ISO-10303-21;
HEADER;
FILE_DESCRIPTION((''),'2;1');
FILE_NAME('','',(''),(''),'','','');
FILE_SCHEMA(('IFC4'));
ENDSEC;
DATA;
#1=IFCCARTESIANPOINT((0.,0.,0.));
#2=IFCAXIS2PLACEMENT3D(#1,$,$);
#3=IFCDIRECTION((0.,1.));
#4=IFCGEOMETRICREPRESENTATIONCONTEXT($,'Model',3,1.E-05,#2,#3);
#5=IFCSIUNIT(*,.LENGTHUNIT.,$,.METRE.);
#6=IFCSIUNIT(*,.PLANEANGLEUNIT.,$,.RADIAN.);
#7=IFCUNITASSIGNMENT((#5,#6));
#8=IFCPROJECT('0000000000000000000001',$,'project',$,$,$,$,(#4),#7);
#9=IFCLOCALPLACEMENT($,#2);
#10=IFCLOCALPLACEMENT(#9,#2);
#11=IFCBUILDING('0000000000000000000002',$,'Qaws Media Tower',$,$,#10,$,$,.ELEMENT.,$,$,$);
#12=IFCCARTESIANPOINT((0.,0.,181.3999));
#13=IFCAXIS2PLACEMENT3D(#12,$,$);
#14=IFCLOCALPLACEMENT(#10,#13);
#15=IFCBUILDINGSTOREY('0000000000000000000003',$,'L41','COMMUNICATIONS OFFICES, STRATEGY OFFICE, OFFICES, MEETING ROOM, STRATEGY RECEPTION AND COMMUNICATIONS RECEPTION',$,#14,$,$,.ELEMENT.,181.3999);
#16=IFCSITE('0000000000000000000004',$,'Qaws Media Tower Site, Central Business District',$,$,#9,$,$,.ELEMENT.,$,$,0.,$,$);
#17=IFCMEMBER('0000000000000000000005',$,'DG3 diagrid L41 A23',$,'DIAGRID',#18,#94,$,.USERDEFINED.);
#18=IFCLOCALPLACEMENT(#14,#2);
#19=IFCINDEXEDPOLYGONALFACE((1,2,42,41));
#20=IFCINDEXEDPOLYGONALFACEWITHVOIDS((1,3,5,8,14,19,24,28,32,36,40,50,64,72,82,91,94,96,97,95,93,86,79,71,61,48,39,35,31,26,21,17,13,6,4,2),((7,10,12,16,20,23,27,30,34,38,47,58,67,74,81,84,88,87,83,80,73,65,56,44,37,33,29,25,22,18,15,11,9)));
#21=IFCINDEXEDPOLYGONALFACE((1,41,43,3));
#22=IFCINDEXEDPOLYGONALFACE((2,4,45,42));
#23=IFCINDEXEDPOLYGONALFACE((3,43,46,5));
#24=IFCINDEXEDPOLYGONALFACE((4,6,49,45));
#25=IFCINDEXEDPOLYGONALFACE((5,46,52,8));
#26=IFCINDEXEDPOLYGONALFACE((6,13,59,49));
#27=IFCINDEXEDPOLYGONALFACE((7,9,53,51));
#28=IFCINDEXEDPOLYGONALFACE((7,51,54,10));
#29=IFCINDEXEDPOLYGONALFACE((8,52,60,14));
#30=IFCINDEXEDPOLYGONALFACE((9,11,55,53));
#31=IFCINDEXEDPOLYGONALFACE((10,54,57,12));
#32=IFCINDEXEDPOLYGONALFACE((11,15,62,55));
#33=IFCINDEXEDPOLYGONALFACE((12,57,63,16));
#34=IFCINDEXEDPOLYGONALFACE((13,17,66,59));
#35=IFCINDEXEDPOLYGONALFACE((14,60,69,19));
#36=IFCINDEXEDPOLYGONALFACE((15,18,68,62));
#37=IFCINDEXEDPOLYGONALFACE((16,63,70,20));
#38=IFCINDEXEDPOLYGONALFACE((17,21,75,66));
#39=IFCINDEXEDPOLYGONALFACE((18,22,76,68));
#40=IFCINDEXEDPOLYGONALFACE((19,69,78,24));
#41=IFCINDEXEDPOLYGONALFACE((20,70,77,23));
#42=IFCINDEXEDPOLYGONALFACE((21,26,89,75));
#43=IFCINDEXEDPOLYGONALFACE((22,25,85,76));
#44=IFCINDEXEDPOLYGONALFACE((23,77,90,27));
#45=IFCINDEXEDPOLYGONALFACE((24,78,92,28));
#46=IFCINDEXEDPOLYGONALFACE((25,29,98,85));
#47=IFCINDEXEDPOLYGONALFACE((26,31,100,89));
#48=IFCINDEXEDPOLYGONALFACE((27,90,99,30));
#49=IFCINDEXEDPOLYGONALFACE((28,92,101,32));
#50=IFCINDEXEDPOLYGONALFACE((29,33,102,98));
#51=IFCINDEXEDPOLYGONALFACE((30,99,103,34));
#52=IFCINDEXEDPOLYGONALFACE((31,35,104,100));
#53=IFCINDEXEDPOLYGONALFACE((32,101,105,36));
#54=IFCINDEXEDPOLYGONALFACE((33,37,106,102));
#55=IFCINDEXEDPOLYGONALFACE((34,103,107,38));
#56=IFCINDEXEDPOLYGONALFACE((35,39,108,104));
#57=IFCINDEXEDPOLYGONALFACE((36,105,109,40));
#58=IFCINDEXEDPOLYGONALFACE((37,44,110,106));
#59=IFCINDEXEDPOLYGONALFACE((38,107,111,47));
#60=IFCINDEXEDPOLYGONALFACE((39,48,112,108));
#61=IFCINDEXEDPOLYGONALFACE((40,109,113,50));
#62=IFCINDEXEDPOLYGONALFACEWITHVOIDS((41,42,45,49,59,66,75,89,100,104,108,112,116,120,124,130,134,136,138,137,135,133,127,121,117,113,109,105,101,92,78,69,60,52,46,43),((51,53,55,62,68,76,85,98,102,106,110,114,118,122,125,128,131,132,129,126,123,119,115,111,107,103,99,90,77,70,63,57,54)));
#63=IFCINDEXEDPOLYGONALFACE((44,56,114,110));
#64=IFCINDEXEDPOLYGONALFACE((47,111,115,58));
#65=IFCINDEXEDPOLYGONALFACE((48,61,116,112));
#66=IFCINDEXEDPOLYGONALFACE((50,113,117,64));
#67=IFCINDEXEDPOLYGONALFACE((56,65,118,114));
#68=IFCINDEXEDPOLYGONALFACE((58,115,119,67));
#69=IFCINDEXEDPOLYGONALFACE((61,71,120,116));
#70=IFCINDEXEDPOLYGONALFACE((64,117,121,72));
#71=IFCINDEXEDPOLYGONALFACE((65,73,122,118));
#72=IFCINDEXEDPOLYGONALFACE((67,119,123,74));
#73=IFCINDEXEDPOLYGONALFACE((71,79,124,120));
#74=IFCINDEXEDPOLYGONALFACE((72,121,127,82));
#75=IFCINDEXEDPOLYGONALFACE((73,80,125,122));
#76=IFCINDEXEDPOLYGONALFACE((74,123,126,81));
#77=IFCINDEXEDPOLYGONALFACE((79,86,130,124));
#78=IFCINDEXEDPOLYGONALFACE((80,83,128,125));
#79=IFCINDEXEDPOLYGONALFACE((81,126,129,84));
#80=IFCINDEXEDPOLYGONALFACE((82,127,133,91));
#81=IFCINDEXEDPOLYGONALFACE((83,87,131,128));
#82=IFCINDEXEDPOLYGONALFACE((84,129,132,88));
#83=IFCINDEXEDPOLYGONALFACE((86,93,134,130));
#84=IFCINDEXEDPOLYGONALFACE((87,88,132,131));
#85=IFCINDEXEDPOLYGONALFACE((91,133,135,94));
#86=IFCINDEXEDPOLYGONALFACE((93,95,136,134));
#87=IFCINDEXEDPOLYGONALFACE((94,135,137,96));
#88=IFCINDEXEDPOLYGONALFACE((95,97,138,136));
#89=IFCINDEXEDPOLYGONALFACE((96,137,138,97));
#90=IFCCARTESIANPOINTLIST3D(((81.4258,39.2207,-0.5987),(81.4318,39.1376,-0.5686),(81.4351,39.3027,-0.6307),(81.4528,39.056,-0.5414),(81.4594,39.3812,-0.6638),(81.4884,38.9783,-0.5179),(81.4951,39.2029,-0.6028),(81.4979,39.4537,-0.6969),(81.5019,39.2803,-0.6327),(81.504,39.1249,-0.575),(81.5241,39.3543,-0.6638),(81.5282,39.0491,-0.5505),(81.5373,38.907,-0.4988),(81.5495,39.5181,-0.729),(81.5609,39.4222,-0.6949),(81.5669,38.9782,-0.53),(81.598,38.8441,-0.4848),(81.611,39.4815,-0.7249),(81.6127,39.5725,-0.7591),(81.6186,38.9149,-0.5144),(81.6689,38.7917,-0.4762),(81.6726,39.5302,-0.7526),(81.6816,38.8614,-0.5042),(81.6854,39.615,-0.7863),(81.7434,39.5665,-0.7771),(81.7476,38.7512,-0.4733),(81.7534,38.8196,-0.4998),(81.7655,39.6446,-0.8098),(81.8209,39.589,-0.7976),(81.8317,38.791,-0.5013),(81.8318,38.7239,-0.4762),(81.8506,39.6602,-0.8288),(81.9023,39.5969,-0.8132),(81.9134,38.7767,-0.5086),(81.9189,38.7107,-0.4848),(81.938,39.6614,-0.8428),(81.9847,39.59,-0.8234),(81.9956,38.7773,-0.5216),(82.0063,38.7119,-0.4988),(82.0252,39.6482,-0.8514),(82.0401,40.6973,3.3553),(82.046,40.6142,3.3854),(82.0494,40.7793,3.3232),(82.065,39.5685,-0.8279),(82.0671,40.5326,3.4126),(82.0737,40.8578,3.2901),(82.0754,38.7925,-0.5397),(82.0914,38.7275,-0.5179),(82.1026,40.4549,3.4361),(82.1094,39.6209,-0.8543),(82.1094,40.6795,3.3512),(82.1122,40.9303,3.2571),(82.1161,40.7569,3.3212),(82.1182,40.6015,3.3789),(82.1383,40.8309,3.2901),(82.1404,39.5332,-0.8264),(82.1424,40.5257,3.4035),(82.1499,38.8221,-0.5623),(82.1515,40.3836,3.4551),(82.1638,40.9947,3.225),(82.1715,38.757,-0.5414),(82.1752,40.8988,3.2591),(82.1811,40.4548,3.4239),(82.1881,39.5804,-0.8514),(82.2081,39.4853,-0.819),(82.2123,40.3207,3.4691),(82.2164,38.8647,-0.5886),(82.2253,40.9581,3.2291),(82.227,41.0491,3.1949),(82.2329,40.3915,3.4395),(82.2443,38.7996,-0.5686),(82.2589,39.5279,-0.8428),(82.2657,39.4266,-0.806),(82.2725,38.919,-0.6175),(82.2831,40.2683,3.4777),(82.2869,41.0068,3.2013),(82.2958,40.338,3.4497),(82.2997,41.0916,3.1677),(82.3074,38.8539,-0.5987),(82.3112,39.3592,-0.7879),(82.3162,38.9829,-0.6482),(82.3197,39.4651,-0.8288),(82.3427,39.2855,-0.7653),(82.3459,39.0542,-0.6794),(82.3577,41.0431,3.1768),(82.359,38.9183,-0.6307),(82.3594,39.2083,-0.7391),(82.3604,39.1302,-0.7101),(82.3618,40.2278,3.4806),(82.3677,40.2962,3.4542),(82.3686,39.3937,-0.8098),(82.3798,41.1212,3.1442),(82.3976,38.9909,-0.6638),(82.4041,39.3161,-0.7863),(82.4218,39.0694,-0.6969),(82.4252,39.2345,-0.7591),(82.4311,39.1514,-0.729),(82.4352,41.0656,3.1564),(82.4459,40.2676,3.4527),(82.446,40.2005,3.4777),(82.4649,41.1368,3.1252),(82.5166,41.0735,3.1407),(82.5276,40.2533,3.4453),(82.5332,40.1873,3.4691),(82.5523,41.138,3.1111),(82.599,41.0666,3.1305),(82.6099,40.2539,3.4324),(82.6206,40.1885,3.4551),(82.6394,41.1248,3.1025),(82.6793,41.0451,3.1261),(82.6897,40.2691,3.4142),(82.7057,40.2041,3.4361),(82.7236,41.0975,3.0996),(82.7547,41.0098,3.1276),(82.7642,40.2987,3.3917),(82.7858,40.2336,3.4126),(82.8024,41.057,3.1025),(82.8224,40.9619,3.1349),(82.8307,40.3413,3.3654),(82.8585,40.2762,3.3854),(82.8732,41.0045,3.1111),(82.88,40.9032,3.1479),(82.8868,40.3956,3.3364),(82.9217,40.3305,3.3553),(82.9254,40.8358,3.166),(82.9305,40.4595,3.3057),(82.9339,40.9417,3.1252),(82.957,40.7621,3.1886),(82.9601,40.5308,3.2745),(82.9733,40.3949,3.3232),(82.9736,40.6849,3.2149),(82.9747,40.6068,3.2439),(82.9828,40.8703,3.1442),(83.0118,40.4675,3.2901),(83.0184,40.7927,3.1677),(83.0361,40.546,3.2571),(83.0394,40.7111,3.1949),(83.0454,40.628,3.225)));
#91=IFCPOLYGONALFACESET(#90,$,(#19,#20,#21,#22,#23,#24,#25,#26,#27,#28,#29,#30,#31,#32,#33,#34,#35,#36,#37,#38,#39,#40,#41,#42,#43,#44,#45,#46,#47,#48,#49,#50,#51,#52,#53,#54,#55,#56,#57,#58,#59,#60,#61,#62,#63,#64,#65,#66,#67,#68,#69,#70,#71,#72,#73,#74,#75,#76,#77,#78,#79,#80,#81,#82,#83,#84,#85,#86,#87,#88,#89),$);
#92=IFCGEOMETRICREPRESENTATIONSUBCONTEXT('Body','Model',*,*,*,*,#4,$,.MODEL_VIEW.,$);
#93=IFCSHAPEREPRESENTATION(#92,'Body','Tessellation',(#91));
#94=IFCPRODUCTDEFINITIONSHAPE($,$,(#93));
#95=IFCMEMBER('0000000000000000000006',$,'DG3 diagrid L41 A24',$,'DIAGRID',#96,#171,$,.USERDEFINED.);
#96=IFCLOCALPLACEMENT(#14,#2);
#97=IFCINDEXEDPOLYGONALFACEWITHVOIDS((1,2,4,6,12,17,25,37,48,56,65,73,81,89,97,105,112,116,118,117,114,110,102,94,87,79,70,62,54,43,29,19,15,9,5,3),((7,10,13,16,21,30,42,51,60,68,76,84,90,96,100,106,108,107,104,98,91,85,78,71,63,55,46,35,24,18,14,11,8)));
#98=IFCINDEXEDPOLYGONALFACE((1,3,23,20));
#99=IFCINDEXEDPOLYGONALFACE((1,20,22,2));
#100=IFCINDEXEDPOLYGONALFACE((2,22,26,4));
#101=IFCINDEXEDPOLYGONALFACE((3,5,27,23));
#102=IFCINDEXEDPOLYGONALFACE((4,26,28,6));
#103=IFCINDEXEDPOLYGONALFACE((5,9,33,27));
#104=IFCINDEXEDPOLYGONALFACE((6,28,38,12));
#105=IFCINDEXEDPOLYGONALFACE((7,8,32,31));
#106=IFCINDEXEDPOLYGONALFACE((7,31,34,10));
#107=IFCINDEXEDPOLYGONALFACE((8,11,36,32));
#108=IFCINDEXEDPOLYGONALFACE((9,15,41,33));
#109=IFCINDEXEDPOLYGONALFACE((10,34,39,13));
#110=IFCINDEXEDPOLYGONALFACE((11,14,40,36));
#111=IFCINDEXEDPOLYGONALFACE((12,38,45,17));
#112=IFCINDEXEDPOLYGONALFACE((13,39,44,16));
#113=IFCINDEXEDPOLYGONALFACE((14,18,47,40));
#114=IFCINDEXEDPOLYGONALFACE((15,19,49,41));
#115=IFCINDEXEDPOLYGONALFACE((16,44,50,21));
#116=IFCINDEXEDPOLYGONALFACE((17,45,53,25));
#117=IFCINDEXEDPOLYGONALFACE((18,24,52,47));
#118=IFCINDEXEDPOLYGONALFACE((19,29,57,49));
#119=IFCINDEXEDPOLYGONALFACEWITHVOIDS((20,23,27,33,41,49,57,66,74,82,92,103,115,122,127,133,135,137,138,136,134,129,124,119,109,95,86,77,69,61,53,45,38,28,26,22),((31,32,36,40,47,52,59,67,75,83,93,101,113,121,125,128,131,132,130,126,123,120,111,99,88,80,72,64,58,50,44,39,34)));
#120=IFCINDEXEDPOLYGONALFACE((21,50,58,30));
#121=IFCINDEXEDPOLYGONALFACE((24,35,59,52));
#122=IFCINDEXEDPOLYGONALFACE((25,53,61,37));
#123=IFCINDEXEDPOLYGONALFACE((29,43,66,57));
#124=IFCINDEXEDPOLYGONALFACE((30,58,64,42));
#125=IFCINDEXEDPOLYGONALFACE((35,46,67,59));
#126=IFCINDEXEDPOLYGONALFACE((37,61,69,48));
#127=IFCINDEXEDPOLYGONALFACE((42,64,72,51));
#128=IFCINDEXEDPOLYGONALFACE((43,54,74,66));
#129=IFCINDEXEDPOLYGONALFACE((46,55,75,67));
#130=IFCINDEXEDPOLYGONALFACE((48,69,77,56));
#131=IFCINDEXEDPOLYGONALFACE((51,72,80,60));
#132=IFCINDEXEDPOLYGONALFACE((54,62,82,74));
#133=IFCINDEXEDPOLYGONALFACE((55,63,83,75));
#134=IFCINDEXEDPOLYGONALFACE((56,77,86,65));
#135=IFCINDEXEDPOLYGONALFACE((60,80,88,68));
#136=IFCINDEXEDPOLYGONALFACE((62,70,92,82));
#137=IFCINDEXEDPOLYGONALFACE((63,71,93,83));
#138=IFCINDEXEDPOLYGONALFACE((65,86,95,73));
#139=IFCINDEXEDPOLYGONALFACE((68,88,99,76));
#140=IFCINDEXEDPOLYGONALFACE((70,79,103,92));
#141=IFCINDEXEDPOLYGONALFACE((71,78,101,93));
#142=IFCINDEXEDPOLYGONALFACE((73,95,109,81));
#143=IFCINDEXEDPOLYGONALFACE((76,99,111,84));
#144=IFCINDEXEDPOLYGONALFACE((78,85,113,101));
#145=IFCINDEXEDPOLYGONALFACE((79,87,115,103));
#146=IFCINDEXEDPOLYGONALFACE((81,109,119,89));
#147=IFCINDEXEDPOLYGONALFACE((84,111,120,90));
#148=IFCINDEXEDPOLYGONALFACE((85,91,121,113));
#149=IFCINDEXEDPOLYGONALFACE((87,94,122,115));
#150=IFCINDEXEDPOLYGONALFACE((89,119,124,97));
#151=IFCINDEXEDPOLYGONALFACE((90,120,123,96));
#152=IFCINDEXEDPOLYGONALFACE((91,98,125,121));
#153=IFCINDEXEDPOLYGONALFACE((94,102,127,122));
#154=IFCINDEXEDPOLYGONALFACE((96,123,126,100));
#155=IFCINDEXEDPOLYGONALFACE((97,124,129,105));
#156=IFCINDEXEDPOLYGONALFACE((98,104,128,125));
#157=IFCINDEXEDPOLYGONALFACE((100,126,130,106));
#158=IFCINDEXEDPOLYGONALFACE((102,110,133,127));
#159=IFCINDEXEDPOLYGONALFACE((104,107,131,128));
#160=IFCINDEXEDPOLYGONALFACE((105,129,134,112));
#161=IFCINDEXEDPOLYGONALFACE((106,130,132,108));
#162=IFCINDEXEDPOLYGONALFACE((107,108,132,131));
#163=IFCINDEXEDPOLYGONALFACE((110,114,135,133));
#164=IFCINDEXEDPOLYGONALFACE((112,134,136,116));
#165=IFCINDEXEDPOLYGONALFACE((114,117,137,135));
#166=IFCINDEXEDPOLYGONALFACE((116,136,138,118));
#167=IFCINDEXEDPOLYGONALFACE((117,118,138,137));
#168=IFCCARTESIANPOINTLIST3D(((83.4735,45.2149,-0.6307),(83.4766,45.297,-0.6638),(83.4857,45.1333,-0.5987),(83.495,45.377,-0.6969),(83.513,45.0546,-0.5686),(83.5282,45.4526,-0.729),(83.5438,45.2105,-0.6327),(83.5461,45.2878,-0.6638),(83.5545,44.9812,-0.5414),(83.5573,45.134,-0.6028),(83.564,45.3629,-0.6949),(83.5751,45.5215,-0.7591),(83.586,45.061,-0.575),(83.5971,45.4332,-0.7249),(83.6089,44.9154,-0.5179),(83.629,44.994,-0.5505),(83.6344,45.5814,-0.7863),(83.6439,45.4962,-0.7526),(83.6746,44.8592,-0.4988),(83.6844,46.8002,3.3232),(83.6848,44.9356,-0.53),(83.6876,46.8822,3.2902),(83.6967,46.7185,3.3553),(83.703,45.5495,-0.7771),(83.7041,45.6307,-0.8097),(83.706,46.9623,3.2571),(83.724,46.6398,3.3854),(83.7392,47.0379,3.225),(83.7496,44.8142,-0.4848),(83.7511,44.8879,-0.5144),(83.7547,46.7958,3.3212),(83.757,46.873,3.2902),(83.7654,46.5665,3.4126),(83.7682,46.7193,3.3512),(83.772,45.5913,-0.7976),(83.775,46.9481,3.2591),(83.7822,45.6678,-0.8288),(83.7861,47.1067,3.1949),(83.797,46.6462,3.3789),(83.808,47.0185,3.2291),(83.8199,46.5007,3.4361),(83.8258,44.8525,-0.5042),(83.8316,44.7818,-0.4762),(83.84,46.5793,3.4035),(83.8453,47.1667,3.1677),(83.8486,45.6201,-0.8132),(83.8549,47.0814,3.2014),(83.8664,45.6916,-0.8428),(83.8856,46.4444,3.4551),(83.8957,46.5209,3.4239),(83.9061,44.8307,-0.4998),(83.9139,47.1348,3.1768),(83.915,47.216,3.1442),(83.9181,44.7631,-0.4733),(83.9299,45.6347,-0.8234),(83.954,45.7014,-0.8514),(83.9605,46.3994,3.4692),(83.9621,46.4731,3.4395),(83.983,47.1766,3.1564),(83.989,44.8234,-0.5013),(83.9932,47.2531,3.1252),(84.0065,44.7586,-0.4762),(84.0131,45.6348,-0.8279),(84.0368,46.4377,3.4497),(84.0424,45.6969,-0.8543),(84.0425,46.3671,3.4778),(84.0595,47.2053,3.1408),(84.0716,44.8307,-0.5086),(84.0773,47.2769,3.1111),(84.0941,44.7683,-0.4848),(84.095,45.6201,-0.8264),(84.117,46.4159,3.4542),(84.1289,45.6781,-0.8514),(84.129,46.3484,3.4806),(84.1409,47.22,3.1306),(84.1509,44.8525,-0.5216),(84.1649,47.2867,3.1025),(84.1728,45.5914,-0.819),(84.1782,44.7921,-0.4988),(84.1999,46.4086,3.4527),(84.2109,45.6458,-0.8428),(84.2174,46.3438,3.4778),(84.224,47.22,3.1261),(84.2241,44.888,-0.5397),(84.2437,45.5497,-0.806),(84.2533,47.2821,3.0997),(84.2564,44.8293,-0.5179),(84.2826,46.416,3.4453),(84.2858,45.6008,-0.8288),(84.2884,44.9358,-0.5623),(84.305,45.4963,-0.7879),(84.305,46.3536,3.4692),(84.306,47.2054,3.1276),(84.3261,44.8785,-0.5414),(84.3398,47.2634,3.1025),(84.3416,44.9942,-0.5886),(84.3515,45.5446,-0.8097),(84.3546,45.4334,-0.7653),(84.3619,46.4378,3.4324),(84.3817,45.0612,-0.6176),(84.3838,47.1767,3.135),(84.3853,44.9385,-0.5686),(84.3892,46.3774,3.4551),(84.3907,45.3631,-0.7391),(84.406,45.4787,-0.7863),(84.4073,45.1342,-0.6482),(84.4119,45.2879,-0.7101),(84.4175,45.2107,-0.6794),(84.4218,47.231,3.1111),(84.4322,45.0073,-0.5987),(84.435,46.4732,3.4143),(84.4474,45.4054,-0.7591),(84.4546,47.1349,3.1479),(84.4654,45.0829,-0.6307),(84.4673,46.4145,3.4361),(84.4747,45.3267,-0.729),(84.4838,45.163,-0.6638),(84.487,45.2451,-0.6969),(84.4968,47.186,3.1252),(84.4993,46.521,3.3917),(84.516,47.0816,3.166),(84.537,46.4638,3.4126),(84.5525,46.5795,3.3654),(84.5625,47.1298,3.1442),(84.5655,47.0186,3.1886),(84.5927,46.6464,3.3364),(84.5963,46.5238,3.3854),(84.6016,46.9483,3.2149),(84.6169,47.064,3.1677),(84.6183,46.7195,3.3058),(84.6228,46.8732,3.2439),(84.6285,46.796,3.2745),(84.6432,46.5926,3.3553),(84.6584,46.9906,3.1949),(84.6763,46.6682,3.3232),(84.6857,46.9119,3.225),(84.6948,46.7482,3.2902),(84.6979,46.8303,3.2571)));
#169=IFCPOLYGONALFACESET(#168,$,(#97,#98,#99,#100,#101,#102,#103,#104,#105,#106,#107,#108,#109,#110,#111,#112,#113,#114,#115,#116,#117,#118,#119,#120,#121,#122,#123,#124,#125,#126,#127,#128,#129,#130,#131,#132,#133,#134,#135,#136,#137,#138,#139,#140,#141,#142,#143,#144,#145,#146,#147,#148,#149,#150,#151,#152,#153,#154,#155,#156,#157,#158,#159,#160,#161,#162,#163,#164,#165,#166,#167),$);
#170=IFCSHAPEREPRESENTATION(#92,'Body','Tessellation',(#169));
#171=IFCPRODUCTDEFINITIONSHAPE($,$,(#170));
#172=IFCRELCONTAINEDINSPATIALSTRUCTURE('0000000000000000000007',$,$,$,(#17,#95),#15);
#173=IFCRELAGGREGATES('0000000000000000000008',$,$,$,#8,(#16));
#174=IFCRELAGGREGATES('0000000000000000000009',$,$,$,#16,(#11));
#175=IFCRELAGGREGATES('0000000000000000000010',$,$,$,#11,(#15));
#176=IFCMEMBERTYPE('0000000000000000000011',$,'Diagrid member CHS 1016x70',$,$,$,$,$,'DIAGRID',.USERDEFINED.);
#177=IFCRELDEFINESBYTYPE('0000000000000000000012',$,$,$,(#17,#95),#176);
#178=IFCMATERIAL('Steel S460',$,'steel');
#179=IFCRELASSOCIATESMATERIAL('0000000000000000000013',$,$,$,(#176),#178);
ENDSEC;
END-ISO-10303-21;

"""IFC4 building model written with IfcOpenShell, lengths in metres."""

from ifc_helpers import new_model, si_unit, direction, frame, origin, origin_2d, place, context, subcontext, project, spatial, hollow_circle, extrude, material, material_profile, profile_set, type_object, element, save


model = new_model("IFC4")

# Units and contexts
model_context = context("Model", 3, precision=1e-05, world=origin(), true_north=direction((0.0, 1.0)))
body_context = subcontext(model_context, "Body", "Model", "MODEL_VIEW")
ifc_project = project(units=[si_unit("LENGTHUNIT", "METRE"), si_unit("PLANEANGLEUNIT", "RADIAN")], contexts=[model_context])

# Site, building, storey
site_placement = place(None, origin())
site = spatial("IfcSite", under=ifc_project, at=site_placement, Name="Qaws Media Tower Site, Central Business District", CompositionType="ELEMENT", RefElevation=0.0)
building_placement = place(site_placement, origin())
building = spatial("IfcBuilding", under=site, at=building_placement, Name="Qaws Media Tower", CompositionType="ELEMENT")
storey_placement = place(building_placement, frame((0.0, 0.0, 181.3999)))
storey = spatial("IfcBuildingStorey", under=building, at=storey_placement, Name="L41", Description="COMMUNICATIONS OFFICES, STRATEGY OFFICE, OFFICES, MEETING ROOM, STRATEGY RECEPTION AND COMMUNICATIONS RECEPTION", CompositionType="ELEMENT", Elevation=181.3999)

# Members
ifc_material_1 = material(Name="Steel S460", Category="steel")
ifc_material_profile_1 = material_profile(ifc_material_1, hollow_circle(Radius=0.5081, WallThickness=0.0701, at=origin_2d()), Name="CHS 1016x70")
ifc_profile_set_1 = profile_set([ifc_material_profile_1], Name="Steel S460")
member_type_1 = type_object("IfcMemberType", Name="Diagrid member CHS 1016x70", ElementType="DIAGRID", PredefinedType="USERDEFINED", material=ifc_profile_set_1)
for number, where, z_axis, x_axis, name in (
    (1, (81.9285, 39.186, -0.6638), (0.144022, 0.346202, 0.927039), (-0.923294, 0.384095, 0.0), "DG3 diagrid L41 A23"),
    (2, (83.9802, 45.23, -0.6638), (0.049458, 0.371676, 0.927044), (-0.991263, 0.131904, 0.0), "DG3 diagrid L41 A24"),
):
    element("IfcMember", number, at=place(storey_placement, frame(where, z_axis=z_axis, x_axis=x_axis)), inside=storey, type_object=member_type_1, Name=name, ObjectType="DIAGRID", PredefinedType="USERDEFINED", context=body_context, shape_type="SweptSolid", body=[
        extrude(hollow_circle(Radius=0.5081, WallThickness=0.0701, at=origin_2d()), origin(), (0.0, 0.0, 1.0), 4.2651),
    ])

save(model, "model.ifc")
